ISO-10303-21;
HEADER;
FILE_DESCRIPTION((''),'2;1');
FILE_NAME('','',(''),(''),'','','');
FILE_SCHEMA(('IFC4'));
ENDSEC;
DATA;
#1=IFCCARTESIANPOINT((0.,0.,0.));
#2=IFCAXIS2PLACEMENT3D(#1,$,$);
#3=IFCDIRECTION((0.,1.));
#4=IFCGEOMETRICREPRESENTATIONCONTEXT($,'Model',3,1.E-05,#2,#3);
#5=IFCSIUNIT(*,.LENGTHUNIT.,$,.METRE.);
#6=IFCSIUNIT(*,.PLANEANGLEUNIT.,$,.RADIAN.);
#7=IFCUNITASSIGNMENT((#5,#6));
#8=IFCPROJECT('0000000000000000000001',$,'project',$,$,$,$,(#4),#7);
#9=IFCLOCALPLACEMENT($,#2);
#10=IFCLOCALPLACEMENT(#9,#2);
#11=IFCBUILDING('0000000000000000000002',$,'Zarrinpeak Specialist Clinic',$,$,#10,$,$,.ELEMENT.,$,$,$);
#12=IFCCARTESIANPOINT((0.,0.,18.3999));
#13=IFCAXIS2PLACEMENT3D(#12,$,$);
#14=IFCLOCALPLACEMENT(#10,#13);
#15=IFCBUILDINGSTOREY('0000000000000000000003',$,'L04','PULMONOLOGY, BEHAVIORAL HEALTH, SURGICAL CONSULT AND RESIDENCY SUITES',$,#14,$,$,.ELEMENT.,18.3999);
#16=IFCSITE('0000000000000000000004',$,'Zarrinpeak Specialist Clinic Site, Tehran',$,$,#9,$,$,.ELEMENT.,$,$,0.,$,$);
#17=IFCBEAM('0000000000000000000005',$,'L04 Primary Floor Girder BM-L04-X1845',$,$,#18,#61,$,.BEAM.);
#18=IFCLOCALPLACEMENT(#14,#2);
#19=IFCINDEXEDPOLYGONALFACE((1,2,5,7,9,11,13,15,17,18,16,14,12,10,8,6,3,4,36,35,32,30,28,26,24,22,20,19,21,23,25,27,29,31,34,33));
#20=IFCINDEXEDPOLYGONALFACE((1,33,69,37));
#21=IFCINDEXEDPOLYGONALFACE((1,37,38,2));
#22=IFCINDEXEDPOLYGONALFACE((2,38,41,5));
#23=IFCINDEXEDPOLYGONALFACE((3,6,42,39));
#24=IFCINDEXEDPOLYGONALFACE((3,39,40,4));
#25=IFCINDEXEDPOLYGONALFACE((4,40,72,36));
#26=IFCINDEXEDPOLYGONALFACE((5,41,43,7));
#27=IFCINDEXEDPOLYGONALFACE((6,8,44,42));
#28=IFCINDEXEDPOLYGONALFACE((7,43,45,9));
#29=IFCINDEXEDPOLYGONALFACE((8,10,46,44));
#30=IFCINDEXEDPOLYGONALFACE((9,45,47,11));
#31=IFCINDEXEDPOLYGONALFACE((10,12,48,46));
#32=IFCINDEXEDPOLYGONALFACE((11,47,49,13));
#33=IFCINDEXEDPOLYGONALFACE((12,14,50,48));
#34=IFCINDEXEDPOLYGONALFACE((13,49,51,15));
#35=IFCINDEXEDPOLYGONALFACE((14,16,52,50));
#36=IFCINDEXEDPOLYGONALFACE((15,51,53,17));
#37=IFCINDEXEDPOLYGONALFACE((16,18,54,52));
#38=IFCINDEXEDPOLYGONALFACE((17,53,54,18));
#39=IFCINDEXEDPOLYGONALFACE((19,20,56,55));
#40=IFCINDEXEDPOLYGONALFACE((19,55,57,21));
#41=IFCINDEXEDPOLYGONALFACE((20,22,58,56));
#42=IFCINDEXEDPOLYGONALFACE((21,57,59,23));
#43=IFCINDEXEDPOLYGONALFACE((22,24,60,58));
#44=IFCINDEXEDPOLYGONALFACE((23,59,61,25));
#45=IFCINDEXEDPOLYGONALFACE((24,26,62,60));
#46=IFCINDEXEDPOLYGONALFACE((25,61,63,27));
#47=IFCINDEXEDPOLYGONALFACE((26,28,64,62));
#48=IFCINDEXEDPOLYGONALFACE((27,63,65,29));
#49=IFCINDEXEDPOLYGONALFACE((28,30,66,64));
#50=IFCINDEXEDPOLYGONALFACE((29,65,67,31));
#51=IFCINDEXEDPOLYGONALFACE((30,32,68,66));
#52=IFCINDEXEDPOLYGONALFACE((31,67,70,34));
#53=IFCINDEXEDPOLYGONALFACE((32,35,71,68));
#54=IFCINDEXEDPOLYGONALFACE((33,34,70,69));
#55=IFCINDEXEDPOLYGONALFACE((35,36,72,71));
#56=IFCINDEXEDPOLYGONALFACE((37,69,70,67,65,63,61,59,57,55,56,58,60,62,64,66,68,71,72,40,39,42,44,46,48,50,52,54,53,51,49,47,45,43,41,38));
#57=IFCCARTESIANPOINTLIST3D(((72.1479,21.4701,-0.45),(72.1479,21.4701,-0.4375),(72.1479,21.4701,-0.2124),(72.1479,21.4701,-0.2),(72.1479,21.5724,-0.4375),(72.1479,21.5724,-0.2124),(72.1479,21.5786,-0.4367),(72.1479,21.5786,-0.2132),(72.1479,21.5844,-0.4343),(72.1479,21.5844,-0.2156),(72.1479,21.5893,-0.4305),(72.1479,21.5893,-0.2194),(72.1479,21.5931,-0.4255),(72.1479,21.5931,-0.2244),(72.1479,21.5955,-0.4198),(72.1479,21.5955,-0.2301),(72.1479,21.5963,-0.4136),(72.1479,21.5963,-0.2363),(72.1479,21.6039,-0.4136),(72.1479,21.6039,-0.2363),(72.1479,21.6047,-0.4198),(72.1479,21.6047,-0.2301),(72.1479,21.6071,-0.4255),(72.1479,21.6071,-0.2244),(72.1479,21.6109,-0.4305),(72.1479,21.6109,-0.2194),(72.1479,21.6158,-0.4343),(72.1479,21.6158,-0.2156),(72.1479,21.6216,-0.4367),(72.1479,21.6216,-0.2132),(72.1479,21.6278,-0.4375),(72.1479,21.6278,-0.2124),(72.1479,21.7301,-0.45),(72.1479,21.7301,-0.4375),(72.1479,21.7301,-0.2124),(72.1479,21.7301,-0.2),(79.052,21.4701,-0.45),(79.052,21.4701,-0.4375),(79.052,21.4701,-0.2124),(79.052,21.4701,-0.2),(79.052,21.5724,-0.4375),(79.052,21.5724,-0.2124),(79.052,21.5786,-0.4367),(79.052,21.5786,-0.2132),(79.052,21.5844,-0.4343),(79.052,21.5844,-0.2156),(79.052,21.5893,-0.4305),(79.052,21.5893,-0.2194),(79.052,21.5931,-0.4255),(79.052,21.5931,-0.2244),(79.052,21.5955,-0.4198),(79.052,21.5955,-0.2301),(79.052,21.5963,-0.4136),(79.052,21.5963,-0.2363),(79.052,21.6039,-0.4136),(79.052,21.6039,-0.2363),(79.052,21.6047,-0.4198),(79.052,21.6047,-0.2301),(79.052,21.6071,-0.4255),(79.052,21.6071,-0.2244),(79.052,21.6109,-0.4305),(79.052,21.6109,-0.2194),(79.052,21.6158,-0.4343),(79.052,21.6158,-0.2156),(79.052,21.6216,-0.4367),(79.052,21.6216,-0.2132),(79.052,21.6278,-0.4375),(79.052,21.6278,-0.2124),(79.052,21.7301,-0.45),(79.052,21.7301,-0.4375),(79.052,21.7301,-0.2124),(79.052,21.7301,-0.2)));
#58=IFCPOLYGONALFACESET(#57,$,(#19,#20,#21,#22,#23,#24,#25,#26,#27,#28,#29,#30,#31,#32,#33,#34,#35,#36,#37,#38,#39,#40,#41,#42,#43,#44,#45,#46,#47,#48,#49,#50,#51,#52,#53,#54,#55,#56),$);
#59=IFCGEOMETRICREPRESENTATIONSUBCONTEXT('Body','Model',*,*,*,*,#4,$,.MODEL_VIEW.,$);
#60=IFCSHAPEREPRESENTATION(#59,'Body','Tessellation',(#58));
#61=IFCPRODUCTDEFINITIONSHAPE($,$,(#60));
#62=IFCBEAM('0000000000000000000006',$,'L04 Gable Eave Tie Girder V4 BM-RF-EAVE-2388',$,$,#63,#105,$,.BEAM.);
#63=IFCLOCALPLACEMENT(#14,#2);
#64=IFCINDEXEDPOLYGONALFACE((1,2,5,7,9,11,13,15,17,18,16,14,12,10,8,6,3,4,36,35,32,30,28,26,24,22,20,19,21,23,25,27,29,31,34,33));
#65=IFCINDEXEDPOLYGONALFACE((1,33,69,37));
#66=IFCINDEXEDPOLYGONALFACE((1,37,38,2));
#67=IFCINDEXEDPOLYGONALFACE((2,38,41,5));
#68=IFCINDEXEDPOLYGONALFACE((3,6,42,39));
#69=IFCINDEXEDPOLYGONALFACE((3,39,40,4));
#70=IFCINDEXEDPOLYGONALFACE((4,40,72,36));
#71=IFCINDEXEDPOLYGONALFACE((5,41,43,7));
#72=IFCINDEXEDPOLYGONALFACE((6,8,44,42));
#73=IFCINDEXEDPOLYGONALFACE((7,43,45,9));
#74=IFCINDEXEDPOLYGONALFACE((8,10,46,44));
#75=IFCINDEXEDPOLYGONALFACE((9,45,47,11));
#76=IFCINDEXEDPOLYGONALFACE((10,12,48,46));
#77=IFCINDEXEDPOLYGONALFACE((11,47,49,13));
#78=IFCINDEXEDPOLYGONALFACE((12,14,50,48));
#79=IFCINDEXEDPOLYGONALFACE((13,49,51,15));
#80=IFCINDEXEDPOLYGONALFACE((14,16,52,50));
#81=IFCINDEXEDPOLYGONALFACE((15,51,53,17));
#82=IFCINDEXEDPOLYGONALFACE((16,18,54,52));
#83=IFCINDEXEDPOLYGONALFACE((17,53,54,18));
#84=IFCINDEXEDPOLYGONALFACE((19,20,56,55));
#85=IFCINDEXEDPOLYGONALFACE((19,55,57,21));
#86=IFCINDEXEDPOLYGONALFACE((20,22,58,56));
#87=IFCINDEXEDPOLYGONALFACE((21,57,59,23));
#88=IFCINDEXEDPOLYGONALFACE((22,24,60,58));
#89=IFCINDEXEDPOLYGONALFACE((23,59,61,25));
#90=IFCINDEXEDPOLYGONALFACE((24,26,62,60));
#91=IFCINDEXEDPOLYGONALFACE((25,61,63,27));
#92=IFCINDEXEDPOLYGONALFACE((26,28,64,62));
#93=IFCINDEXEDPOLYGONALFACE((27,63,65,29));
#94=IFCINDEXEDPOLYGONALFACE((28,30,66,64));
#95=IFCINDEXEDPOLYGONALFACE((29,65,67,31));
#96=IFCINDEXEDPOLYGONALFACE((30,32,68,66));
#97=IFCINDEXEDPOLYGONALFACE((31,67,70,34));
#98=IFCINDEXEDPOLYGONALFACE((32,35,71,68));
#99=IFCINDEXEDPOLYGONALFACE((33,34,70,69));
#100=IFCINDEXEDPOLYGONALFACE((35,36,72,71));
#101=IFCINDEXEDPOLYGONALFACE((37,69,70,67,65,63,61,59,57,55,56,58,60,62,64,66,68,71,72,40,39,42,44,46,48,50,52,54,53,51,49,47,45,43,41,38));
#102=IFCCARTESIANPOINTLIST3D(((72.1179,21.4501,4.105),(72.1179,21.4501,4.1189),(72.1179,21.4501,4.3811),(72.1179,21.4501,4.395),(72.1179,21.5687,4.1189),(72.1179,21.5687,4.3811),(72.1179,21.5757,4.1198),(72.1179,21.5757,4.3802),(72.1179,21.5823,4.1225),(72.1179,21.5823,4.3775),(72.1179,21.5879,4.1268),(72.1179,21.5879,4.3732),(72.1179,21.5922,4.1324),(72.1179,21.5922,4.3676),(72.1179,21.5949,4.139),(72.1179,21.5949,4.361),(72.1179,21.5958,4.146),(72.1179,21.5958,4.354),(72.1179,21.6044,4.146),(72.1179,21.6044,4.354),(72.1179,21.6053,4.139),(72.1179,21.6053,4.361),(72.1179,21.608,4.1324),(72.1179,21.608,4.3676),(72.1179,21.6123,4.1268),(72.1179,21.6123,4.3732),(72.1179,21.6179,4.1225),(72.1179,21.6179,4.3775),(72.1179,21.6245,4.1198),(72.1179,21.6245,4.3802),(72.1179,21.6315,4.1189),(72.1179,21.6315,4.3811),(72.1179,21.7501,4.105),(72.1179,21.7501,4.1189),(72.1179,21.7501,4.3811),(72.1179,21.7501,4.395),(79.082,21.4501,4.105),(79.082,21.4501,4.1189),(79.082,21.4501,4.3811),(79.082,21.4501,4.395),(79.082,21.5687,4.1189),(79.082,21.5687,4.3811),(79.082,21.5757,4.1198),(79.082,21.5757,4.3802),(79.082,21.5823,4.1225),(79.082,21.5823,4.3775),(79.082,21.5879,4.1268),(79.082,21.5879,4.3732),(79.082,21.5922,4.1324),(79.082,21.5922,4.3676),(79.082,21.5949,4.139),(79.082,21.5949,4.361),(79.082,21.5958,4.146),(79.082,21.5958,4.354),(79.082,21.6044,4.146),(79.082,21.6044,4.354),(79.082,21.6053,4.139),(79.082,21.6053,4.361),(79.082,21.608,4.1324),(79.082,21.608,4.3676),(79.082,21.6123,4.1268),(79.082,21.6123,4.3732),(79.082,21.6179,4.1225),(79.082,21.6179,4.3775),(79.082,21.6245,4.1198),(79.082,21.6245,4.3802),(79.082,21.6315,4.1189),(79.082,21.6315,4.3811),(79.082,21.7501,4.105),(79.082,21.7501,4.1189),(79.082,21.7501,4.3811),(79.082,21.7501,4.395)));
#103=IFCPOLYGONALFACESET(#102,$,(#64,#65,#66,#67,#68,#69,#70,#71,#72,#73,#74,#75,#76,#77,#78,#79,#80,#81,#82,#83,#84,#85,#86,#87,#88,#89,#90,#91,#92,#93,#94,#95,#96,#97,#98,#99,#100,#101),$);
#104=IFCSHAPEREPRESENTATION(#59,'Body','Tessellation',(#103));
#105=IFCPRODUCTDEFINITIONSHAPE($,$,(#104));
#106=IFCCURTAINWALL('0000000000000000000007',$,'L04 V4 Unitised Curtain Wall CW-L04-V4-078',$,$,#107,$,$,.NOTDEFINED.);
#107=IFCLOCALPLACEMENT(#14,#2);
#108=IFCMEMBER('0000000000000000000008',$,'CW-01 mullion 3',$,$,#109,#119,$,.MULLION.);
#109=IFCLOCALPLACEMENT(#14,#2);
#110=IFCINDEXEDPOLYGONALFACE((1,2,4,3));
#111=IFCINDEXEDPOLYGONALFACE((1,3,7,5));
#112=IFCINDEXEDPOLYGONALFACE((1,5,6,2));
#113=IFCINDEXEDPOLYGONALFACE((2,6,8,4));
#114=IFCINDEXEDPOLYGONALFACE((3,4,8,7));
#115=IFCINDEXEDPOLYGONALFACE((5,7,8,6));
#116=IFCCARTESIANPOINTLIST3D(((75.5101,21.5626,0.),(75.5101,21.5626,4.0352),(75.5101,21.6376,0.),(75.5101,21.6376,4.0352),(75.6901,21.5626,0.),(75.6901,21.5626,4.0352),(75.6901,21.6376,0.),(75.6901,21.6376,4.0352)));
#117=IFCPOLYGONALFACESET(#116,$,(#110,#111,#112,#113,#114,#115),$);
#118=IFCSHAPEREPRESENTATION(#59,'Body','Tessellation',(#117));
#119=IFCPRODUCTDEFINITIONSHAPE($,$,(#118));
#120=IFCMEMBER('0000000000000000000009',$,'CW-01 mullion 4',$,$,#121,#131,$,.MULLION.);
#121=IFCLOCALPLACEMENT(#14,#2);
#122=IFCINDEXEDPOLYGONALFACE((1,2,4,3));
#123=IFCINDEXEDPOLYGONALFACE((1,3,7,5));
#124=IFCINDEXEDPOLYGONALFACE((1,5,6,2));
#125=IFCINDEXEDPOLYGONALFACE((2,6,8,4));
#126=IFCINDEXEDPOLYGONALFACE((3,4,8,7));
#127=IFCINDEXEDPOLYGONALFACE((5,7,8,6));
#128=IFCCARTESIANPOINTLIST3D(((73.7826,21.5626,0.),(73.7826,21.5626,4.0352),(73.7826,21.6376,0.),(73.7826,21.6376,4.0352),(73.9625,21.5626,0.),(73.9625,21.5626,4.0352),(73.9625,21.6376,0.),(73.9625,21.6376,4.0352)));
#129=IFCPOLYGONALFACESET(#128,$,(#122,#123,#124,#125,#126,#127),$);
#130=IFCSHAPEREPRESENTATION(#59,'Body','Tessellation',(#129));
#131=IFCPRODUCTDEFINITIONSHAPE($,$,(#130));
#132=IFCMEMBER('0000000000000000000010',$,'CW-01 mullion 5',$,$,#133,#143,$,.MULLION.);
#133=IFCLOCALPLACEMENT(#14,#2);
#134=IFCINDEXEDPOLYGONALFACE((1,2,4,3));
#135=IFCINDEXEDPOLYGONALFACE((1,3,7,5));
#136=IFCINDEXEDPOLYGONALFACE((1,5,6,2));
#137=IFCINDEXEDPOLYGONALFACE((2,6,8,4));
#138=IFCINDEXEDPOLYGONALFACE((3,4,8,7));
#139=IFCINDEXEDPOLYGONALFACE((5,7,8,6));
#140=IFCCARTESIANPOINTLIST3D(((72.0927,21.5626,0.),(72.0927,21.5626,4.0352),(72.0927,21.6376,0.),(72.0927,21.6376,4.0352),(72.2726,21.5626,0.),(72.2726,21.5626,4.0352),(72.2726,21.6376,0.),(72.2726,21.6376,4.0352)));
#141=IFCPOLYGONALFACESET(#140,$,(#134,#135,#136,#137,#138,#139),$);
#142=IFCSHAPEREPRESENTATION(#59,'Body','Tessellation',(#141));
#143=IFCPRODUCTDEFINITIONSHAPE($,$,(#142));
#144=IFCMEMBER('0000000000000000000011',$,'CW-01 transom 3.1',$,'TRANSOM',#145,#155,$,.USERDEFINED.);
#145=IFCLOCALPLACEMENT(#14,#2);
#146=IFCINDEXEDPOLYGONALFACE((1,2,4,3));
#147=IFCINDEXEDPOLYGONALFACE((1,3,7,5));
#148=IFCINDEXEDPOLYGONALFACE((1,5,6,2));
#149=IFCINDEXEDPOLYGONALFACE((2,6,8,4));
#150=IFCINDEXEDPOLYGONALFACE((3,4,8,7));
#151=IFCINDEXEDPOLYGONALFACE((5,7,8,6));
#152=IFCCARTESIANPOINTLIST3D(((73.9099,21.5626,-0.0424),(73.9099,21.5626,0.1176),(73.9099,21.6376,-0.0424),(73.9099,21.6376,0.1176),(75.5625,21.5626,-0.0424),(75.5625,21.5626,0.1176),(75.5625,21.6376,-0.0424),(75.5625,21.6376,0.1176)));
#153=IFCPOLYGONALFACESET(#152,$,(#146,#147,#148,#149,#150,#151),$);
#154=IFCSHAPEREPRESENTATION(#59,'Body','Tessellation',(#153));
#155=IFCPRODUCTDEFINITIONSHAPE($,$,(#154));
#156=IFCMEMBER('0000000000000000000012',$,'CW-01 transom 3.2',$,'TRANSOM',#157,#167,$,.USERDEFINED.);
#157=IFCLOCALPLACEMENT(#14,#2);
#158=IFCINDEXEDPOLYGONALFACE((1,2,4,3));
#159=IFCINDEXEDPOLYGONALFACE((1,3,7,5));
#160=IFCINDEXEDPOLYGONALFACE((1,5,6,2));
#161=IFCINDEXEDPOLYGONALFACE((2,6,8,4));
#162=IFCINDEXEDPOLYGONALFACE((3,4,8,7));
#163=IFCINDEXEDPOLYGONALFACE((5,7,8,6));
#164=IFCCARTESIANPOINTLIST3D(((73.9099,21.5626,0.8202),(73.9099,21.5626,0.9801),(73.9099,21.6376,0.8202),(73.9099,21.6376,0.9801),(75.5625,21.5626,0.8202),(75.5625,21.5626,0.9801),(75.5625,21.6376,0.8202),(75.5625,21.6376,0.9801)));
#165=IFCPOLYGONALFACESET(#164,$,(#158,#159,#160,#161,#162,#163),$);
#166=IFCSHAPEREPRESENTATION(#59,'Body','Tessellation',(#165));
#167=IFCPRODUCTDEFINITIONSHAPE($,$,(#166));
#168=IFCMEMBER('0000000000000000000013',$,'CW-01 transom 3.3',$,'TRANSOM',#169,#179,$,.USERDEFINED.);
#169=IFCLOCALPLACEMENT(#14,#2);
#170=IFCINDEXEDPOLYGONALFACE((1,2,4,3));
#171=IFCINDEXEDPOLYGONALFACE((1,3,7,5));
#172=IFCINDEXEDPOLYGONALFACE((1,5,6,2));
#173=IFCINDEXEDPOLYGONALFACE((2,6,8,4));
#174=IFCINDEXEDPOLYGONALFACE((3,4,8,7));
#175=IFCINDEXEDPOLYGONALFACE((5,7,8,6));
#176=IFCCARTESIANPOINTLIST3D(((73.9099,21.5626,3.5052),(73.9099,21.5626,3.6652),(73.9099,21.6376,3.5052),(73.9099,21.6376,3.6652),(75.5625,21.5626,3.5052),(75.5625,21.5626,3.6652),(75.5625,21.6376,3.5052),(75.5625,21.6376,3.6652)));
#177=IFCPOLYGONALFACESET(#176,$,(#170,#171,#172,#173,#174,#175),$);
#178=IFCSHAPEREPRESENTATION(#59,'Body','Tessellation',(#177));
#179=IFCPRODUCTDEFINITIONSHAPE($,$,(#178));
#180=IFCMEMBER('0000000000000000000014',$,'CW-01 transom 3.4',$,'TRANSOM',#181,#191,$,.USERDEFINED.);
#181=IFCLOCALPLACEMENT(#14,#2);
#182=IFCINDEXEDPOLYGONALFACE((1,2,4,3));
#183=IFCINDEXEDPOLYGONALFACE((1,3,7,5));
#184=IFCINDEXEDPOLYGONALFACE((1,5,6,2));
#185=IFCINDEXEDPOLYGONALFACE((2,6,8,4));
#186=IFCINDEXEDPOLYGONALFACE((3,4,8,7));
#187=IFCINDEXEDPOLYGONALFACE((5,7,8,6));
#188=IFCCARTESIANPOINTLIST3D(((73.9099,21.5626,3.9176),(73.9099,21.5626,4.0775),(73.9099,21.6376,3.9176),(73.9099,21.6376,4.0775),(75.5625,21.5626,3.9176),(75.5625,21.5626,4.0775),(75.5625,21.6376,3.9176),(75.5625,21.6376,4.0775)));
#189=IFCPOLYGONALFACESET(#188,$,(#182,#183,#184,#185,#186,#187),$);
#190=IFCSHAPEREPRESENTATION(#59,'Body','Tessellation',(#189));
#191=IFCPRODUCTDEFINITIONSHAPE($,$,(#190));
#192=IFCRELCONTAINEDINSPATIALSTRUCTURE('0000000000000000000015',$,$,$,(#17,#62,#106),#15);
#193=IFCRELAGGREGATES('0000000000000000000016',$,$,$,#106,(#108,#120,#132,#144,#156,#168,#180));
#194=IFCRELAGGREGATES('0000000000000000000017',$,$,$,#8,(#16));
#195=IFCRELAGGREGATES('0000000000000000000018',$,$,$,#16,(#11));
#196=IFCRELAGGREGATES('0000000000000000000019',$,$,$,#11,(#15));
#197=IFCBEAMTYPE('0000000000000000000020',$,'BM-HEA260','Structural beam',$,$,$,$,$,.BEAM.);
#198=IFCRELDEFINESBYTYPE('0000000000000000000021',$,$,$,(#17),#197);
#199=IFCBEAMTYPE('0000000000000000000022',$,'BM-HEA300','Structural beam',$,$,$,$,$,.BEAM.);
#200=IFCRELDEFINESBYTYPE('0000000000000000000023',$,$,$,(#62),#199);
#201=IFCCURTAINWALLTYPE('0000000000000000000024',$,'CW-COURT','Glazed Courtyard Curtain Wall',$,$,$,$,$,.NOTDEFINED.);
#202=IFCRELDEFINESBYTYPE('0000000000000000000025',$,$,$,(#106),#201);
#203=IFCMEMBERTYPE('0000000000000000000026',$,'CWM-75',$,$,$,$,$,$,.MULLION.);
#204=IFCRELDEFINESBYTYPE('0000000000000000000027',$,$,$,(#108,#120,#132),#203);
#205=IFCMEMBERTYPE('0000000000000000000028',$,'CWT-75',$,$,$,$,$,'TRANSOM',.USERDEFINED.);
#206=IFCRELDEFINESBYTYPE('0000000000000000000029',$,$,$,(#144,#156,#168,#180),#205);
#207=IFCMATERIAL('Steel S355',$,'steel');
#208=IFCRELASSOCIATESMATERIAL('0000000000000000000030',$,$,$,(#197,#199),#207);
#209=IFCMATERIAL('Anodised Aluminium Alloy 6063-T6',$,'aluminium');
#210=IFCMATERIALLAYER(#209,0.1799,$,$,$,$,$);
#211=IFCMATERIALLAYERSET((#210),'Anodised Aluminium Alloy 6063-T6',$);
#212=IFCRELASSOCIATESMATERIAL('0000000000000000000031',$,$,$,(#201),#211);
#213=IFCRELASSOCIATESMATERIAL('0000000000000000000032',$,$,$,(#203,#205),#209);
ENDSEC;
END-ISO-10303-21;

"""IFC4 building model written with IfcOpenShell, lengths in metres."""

from ifc_helpers import new_model, si_unit, direction, frame, origin, origin_2d, place, context, subcontext, project, spatial, rectangle, i_section, extrude, material, layer, layer_set, material_profile, profile_set, type_object, element, aggregate, save


model = new_model("IFC4")

# Units and contexts
model_context = context("Model", 3, precision=1e-05, world=origin(), true_north=direction((0.0, 1.0)))
body_context = subcontext(model_context, "Body", "Model", "MODEL_VIEW")
ifc_project = project(units=[si_unit("LENGTHUNIT", "METRE"), si_unit("PLANEANGLEUNIT", "RADIAN")], contexts=[model_context])

# Site, building, storey
site_placement = place(None, origin())
site = spatial("IfcSite", under=ifc_project, at=site_placement, Name="Zarrinpeak Specialist Clinic Site, Tehran", CompositionType="ELEMENT", RefElevation=0.0)
building_placement = place(site_placement, origin())
building = spatial("IfcBuilding", under=site, at=building_placement, Name="Zarrinpeak Specialist Clinic", CompositionType="ELEMENT")
storey_placement = place(building_placement, frame((0.0, 0.0, 18.3999)))
storey = spatial("IfcBuildingStorey", under=building, at=storey_placement, Name="L04", Description="PULMONOLOGY, BEHAVIORAL HEALTH, SURGICAL CONSULT AND RESIDENCY SUITES", CompositionType="ELEMENT", Elevation=18.3999)

# Beams
ifc_material_1 = material(Name="Steel S355", Category="steel")
ifc_material_profile_1 = material_profile(ifc_material_1, i_section(OverallWidth=0.26, OverallDepth=0.25, WebThickness=0.0076, FlangeThickness=0.0125, FilletRadius=0.0239, at=origin_2d()), Name="HEA 260")
ifc_profile_set_1 = profile_set([ifc_material_profile_1], Name="Steel S355")
beam_type_1 = type_object("IfcBeamType", Name="BM-HEA260", Description="Structural beam", PredefinedType="BEAM", material=ifc_profile_set_1)
beam_1_placement = place(storey_placement, frame((72.1479, 21.6001, -0.325), z_axis=(1.0, 0.0, 0.0), x_axis=(0.0, 1.0, 0.0)))
element("IfcBeam", 1, at=beam_1_placement, inside=storey, type_object=beam_type_1, Name="L04 Primary Floor Girder BM-L04-X1845", PredefinedType="BEAM", context=body_context, shape_type="SweptSolid", body=[
    extrude(i_section(OverallWidth=0.26, OverallDepth=0.25, WebThickness=0.0076, FlangeThickness=0.0125, FilletRadius=0.0239, at=origin_2d()), origin(), (0.0, 0.0, 1.0), 6.9041),
])
ifc_material_profile_2 = material_profile(ifc_material_1, i_section(OverallWidth=0.3, OverallDepth=0.29, WebThickness=0.0085, FlangeThickness=0.0139, FilletRadius=0.0271, at=origin_2d()), Name="HEA 300")
ifc_profile_set_2 = profile_set([ifc_material_profile_2], Name="Steel S355")
beam_type_2 = type_object("IfcBeamType", Name="BM-HEA300", Description="Structural beam", PredefinedType="BEAM", material=ifc_profile_set_2)
beam_2_placement = place(storey_placement, frame((72.1179, 21.6001, 4.25), z_axis=(1.0, 0.0, 0.0), x_axis=(0.0, 1.0, 0.0)))
element("IfcBeam", 2, at=beam_2_placement, inside=storey, type_object=beam_type_2, Name="L04 Gable Eave Tie Girder V4 BM-RF-EAVE-2388", PredefinedType="BEAM", context=body_context, shape_type="SweptSolid", body=[
    extrude(i_section(OverallWidth=0.3, OverallDepth=0.29, WebThickness=0.0085, FlangeThickness=0.0139, FilletRadius=0.0271, at=origin_2d()), origin(), (0.0, 0.0, 1.0), 6.9641),
])

# Curtain wall, members
ifc_material_2 = material(Name="Anodised Aluminium Alloy 6063-T6", Category="aluminium")
ifc_layer_1 = layer(ifc_material_2, 0.1799)
ifc_layer_set_1 = layer_set([ifc_layer_1], Name="Anodised Aluminium Alloy 6063-T6")
curtain_wall_type = type_object("IfcCurtainWallType", Name="CW-COURT", Description="Glazed Courtyard Curtain Wall", PredefinedType="NOTDEFINED", material=ifc_layer_set_1)
curtain_wall_placement = place(storey_placement, origin())
curtain_wall = element("IfcCurtainWall", 3, at=curtain_wall_placement, inside=storey, type_object=curtain_wall_type, Name="L04 V4 Unitised Curtain Wall CW-L04-V4-078", PredefinedType="NOTDEFINED")
ifc_material_profile_3 = material_profile(ifc_material_2, rectangle(XDim=0.075, YDim=0.1799, at=origin_2d()), Name="ALU 75x180")
ifc_profile_set_3 = profile_set([ifc_material_profile_3], Name="Anodised Aluminium Alloy 6063-T6")
member_type_1 = type_object("IfcMemberType", Name="CWM-75", PredefinedType="MULLION", material=ifc_profile_set_3)
member_1_placement = place(storey_placement, frame((75.6001, 21.6001, 0.0), z_axis=(0.0, 0.0, 1.0), x_axis=(0.0, -1.0, 0.0)))
member_1 = element("IfcMember", 4, at=member_1_placement, type_object=member_type_1, Name="CW-01 mullion 3", PredefinedType="MULLION", context=body_context, shape_type="SweptSolid", body=[
    extrude(rectangle(XDim=0.075, YDim=0.1799, at=origin_2d()), origin(), (0.0, 0.0, 1.0), 4.0352),
])
member_2_placement = place(storey_placement, frame((73.8726, 21.6001, 0.0), z_axis=(0.0, 0.0, 1.0), x_axis=(0.0, -1.0, 0.0)))
member_2 = element("IfcMember", 5, at=member_2_placement, type_object=member_type_1, Name="CW-01 mullion 4", PredefinedType="MULLION", context=body_context, shape_type="SweptSolid", body=[
    extrude(rectangle(XDim=0.075, YDim=0.1799, at=origin_2d()), origin(), (0.0, 0.0, 1.0), 4.0352),
])
member_3_placement = place(storey_placement, frame((72.1826, 21.6001, 0.0), z_axis=(0.0, 0.0, 1.0), x_axis=(0.0, -1.0, 0.0)))
member_3 = element("IfcMember", 6, at=member_3_placement, type_object=member_type_1, Name="CW-01 mullion 5", PredefinedType="MULLION", context=body_context, shape_type="SweptSolid", body=[
    extrude(rectangle(XDim=0.075, YDim=0.1799, at=origin_2d()), origin(), (0.0, 0.0, 1.0), 4.0352),
])
ifc_material_profile_4 = material_profile(ifc_material_2, rectangle(XDim=0.075, YDim=0.1599, at=origin_2d()), Name="ALU 75x160")
ifc_profile_set_4 = profile_set([ifc_material_profile_4], Name="Anodised Aluminium Alloy 6063-T6")
member_type_2 = type_object("IfcMemberType", Name="CWT-75", ElementType="TRANSOM", PredefinedType="USERDEFINED", material=ifc_profile_set_4)
member_4_placement = place(storey_placement, frame((75.5625, 21.6001, 0.0376), z_axis=(-1.0, 0.0, 0.0), x_axis=(0.0, -1.0, 0.0)))
member_4 = element("IfcMember", 7, at=member_4_placement, type_object=member_type_2, Name="CW-01 transom 3.1", ObjectType="TRANSOM", PredefinedType="USERDEFINED", context=body_context, shape_type="SweptSolid", body=[
    extrude(rectangle(XDim=0.075, YDim=0.1599, at=origin_2d()), origin(), (0.0, 0.0, 1.0), 1.6526),
])
member_5_placement = place(storey_placement, frame((75.5625, 21.6001, 0.9001), z_axis=(-1.0, 0.0, 0.0), x_axis=(0.0, -1.0, 0.0)))
member_5 = element("IfcMember", 8, at=member_5_placement, type_object=member_type_2, Name="CW-01 transom 3.2", ObjectType="TRANSOM", PredefinedType="USERDEFINED", context=body_context, shape_type="SweptSolid", body=[
    extrude(rectangle(XDim=0.075, YDim=0.1599, at=origin_2d()), origin(), (0.0, 0.0, 1.0), 1.6526),
])
member_6_placement = place(storey_placement, frame((75.5625, 21.6001, 3.5852), z_axis=(-1.0, 0.0, 0.0), x_axis=(0.0, -1.0, 0.0)))
member_6 = element("IfcMember", 9, at=member_6_placement, type_object=member_type_2, Name="CW-01 transom 3.3", ObjectType="TRANSOM", PredefinedType="USERDEFINED", context=body_context, shape_type="SweptSolid", body=[
    extrude(rectangle(XDim=0.075, YDim=0.1599, at=origin_2d()), origin(), (0.0, 0.0, 1.0), 1.6526),
])
member_7_placement = place(storey_placement, frame((75.5625, 21.6001, 3.9976), z_axis=(-1.0, 0.0, 0.0), x_axis=(0.0, -1.0, 0.0)))
member_7 = element("IfcMember", 10, at=member_7_placement, type_object=member_type_2, Name="CW-01 transom 3.4", ObjectType="TRANSOM", PredefinedType="USERDEFINED", context=body_context, shape_type="SweptSolid", body=[
    extrude(rectangle(XDim=0.075, YDim=0.1599, at=origin_2d()), origin(), (0.0, 0.0, 1.0), 1.6526),
])
aggregate(curtain_wall, [member_1, member_2, member_3, member_4, member_5, member_6, member_7])

save(model, "model.ifc")
